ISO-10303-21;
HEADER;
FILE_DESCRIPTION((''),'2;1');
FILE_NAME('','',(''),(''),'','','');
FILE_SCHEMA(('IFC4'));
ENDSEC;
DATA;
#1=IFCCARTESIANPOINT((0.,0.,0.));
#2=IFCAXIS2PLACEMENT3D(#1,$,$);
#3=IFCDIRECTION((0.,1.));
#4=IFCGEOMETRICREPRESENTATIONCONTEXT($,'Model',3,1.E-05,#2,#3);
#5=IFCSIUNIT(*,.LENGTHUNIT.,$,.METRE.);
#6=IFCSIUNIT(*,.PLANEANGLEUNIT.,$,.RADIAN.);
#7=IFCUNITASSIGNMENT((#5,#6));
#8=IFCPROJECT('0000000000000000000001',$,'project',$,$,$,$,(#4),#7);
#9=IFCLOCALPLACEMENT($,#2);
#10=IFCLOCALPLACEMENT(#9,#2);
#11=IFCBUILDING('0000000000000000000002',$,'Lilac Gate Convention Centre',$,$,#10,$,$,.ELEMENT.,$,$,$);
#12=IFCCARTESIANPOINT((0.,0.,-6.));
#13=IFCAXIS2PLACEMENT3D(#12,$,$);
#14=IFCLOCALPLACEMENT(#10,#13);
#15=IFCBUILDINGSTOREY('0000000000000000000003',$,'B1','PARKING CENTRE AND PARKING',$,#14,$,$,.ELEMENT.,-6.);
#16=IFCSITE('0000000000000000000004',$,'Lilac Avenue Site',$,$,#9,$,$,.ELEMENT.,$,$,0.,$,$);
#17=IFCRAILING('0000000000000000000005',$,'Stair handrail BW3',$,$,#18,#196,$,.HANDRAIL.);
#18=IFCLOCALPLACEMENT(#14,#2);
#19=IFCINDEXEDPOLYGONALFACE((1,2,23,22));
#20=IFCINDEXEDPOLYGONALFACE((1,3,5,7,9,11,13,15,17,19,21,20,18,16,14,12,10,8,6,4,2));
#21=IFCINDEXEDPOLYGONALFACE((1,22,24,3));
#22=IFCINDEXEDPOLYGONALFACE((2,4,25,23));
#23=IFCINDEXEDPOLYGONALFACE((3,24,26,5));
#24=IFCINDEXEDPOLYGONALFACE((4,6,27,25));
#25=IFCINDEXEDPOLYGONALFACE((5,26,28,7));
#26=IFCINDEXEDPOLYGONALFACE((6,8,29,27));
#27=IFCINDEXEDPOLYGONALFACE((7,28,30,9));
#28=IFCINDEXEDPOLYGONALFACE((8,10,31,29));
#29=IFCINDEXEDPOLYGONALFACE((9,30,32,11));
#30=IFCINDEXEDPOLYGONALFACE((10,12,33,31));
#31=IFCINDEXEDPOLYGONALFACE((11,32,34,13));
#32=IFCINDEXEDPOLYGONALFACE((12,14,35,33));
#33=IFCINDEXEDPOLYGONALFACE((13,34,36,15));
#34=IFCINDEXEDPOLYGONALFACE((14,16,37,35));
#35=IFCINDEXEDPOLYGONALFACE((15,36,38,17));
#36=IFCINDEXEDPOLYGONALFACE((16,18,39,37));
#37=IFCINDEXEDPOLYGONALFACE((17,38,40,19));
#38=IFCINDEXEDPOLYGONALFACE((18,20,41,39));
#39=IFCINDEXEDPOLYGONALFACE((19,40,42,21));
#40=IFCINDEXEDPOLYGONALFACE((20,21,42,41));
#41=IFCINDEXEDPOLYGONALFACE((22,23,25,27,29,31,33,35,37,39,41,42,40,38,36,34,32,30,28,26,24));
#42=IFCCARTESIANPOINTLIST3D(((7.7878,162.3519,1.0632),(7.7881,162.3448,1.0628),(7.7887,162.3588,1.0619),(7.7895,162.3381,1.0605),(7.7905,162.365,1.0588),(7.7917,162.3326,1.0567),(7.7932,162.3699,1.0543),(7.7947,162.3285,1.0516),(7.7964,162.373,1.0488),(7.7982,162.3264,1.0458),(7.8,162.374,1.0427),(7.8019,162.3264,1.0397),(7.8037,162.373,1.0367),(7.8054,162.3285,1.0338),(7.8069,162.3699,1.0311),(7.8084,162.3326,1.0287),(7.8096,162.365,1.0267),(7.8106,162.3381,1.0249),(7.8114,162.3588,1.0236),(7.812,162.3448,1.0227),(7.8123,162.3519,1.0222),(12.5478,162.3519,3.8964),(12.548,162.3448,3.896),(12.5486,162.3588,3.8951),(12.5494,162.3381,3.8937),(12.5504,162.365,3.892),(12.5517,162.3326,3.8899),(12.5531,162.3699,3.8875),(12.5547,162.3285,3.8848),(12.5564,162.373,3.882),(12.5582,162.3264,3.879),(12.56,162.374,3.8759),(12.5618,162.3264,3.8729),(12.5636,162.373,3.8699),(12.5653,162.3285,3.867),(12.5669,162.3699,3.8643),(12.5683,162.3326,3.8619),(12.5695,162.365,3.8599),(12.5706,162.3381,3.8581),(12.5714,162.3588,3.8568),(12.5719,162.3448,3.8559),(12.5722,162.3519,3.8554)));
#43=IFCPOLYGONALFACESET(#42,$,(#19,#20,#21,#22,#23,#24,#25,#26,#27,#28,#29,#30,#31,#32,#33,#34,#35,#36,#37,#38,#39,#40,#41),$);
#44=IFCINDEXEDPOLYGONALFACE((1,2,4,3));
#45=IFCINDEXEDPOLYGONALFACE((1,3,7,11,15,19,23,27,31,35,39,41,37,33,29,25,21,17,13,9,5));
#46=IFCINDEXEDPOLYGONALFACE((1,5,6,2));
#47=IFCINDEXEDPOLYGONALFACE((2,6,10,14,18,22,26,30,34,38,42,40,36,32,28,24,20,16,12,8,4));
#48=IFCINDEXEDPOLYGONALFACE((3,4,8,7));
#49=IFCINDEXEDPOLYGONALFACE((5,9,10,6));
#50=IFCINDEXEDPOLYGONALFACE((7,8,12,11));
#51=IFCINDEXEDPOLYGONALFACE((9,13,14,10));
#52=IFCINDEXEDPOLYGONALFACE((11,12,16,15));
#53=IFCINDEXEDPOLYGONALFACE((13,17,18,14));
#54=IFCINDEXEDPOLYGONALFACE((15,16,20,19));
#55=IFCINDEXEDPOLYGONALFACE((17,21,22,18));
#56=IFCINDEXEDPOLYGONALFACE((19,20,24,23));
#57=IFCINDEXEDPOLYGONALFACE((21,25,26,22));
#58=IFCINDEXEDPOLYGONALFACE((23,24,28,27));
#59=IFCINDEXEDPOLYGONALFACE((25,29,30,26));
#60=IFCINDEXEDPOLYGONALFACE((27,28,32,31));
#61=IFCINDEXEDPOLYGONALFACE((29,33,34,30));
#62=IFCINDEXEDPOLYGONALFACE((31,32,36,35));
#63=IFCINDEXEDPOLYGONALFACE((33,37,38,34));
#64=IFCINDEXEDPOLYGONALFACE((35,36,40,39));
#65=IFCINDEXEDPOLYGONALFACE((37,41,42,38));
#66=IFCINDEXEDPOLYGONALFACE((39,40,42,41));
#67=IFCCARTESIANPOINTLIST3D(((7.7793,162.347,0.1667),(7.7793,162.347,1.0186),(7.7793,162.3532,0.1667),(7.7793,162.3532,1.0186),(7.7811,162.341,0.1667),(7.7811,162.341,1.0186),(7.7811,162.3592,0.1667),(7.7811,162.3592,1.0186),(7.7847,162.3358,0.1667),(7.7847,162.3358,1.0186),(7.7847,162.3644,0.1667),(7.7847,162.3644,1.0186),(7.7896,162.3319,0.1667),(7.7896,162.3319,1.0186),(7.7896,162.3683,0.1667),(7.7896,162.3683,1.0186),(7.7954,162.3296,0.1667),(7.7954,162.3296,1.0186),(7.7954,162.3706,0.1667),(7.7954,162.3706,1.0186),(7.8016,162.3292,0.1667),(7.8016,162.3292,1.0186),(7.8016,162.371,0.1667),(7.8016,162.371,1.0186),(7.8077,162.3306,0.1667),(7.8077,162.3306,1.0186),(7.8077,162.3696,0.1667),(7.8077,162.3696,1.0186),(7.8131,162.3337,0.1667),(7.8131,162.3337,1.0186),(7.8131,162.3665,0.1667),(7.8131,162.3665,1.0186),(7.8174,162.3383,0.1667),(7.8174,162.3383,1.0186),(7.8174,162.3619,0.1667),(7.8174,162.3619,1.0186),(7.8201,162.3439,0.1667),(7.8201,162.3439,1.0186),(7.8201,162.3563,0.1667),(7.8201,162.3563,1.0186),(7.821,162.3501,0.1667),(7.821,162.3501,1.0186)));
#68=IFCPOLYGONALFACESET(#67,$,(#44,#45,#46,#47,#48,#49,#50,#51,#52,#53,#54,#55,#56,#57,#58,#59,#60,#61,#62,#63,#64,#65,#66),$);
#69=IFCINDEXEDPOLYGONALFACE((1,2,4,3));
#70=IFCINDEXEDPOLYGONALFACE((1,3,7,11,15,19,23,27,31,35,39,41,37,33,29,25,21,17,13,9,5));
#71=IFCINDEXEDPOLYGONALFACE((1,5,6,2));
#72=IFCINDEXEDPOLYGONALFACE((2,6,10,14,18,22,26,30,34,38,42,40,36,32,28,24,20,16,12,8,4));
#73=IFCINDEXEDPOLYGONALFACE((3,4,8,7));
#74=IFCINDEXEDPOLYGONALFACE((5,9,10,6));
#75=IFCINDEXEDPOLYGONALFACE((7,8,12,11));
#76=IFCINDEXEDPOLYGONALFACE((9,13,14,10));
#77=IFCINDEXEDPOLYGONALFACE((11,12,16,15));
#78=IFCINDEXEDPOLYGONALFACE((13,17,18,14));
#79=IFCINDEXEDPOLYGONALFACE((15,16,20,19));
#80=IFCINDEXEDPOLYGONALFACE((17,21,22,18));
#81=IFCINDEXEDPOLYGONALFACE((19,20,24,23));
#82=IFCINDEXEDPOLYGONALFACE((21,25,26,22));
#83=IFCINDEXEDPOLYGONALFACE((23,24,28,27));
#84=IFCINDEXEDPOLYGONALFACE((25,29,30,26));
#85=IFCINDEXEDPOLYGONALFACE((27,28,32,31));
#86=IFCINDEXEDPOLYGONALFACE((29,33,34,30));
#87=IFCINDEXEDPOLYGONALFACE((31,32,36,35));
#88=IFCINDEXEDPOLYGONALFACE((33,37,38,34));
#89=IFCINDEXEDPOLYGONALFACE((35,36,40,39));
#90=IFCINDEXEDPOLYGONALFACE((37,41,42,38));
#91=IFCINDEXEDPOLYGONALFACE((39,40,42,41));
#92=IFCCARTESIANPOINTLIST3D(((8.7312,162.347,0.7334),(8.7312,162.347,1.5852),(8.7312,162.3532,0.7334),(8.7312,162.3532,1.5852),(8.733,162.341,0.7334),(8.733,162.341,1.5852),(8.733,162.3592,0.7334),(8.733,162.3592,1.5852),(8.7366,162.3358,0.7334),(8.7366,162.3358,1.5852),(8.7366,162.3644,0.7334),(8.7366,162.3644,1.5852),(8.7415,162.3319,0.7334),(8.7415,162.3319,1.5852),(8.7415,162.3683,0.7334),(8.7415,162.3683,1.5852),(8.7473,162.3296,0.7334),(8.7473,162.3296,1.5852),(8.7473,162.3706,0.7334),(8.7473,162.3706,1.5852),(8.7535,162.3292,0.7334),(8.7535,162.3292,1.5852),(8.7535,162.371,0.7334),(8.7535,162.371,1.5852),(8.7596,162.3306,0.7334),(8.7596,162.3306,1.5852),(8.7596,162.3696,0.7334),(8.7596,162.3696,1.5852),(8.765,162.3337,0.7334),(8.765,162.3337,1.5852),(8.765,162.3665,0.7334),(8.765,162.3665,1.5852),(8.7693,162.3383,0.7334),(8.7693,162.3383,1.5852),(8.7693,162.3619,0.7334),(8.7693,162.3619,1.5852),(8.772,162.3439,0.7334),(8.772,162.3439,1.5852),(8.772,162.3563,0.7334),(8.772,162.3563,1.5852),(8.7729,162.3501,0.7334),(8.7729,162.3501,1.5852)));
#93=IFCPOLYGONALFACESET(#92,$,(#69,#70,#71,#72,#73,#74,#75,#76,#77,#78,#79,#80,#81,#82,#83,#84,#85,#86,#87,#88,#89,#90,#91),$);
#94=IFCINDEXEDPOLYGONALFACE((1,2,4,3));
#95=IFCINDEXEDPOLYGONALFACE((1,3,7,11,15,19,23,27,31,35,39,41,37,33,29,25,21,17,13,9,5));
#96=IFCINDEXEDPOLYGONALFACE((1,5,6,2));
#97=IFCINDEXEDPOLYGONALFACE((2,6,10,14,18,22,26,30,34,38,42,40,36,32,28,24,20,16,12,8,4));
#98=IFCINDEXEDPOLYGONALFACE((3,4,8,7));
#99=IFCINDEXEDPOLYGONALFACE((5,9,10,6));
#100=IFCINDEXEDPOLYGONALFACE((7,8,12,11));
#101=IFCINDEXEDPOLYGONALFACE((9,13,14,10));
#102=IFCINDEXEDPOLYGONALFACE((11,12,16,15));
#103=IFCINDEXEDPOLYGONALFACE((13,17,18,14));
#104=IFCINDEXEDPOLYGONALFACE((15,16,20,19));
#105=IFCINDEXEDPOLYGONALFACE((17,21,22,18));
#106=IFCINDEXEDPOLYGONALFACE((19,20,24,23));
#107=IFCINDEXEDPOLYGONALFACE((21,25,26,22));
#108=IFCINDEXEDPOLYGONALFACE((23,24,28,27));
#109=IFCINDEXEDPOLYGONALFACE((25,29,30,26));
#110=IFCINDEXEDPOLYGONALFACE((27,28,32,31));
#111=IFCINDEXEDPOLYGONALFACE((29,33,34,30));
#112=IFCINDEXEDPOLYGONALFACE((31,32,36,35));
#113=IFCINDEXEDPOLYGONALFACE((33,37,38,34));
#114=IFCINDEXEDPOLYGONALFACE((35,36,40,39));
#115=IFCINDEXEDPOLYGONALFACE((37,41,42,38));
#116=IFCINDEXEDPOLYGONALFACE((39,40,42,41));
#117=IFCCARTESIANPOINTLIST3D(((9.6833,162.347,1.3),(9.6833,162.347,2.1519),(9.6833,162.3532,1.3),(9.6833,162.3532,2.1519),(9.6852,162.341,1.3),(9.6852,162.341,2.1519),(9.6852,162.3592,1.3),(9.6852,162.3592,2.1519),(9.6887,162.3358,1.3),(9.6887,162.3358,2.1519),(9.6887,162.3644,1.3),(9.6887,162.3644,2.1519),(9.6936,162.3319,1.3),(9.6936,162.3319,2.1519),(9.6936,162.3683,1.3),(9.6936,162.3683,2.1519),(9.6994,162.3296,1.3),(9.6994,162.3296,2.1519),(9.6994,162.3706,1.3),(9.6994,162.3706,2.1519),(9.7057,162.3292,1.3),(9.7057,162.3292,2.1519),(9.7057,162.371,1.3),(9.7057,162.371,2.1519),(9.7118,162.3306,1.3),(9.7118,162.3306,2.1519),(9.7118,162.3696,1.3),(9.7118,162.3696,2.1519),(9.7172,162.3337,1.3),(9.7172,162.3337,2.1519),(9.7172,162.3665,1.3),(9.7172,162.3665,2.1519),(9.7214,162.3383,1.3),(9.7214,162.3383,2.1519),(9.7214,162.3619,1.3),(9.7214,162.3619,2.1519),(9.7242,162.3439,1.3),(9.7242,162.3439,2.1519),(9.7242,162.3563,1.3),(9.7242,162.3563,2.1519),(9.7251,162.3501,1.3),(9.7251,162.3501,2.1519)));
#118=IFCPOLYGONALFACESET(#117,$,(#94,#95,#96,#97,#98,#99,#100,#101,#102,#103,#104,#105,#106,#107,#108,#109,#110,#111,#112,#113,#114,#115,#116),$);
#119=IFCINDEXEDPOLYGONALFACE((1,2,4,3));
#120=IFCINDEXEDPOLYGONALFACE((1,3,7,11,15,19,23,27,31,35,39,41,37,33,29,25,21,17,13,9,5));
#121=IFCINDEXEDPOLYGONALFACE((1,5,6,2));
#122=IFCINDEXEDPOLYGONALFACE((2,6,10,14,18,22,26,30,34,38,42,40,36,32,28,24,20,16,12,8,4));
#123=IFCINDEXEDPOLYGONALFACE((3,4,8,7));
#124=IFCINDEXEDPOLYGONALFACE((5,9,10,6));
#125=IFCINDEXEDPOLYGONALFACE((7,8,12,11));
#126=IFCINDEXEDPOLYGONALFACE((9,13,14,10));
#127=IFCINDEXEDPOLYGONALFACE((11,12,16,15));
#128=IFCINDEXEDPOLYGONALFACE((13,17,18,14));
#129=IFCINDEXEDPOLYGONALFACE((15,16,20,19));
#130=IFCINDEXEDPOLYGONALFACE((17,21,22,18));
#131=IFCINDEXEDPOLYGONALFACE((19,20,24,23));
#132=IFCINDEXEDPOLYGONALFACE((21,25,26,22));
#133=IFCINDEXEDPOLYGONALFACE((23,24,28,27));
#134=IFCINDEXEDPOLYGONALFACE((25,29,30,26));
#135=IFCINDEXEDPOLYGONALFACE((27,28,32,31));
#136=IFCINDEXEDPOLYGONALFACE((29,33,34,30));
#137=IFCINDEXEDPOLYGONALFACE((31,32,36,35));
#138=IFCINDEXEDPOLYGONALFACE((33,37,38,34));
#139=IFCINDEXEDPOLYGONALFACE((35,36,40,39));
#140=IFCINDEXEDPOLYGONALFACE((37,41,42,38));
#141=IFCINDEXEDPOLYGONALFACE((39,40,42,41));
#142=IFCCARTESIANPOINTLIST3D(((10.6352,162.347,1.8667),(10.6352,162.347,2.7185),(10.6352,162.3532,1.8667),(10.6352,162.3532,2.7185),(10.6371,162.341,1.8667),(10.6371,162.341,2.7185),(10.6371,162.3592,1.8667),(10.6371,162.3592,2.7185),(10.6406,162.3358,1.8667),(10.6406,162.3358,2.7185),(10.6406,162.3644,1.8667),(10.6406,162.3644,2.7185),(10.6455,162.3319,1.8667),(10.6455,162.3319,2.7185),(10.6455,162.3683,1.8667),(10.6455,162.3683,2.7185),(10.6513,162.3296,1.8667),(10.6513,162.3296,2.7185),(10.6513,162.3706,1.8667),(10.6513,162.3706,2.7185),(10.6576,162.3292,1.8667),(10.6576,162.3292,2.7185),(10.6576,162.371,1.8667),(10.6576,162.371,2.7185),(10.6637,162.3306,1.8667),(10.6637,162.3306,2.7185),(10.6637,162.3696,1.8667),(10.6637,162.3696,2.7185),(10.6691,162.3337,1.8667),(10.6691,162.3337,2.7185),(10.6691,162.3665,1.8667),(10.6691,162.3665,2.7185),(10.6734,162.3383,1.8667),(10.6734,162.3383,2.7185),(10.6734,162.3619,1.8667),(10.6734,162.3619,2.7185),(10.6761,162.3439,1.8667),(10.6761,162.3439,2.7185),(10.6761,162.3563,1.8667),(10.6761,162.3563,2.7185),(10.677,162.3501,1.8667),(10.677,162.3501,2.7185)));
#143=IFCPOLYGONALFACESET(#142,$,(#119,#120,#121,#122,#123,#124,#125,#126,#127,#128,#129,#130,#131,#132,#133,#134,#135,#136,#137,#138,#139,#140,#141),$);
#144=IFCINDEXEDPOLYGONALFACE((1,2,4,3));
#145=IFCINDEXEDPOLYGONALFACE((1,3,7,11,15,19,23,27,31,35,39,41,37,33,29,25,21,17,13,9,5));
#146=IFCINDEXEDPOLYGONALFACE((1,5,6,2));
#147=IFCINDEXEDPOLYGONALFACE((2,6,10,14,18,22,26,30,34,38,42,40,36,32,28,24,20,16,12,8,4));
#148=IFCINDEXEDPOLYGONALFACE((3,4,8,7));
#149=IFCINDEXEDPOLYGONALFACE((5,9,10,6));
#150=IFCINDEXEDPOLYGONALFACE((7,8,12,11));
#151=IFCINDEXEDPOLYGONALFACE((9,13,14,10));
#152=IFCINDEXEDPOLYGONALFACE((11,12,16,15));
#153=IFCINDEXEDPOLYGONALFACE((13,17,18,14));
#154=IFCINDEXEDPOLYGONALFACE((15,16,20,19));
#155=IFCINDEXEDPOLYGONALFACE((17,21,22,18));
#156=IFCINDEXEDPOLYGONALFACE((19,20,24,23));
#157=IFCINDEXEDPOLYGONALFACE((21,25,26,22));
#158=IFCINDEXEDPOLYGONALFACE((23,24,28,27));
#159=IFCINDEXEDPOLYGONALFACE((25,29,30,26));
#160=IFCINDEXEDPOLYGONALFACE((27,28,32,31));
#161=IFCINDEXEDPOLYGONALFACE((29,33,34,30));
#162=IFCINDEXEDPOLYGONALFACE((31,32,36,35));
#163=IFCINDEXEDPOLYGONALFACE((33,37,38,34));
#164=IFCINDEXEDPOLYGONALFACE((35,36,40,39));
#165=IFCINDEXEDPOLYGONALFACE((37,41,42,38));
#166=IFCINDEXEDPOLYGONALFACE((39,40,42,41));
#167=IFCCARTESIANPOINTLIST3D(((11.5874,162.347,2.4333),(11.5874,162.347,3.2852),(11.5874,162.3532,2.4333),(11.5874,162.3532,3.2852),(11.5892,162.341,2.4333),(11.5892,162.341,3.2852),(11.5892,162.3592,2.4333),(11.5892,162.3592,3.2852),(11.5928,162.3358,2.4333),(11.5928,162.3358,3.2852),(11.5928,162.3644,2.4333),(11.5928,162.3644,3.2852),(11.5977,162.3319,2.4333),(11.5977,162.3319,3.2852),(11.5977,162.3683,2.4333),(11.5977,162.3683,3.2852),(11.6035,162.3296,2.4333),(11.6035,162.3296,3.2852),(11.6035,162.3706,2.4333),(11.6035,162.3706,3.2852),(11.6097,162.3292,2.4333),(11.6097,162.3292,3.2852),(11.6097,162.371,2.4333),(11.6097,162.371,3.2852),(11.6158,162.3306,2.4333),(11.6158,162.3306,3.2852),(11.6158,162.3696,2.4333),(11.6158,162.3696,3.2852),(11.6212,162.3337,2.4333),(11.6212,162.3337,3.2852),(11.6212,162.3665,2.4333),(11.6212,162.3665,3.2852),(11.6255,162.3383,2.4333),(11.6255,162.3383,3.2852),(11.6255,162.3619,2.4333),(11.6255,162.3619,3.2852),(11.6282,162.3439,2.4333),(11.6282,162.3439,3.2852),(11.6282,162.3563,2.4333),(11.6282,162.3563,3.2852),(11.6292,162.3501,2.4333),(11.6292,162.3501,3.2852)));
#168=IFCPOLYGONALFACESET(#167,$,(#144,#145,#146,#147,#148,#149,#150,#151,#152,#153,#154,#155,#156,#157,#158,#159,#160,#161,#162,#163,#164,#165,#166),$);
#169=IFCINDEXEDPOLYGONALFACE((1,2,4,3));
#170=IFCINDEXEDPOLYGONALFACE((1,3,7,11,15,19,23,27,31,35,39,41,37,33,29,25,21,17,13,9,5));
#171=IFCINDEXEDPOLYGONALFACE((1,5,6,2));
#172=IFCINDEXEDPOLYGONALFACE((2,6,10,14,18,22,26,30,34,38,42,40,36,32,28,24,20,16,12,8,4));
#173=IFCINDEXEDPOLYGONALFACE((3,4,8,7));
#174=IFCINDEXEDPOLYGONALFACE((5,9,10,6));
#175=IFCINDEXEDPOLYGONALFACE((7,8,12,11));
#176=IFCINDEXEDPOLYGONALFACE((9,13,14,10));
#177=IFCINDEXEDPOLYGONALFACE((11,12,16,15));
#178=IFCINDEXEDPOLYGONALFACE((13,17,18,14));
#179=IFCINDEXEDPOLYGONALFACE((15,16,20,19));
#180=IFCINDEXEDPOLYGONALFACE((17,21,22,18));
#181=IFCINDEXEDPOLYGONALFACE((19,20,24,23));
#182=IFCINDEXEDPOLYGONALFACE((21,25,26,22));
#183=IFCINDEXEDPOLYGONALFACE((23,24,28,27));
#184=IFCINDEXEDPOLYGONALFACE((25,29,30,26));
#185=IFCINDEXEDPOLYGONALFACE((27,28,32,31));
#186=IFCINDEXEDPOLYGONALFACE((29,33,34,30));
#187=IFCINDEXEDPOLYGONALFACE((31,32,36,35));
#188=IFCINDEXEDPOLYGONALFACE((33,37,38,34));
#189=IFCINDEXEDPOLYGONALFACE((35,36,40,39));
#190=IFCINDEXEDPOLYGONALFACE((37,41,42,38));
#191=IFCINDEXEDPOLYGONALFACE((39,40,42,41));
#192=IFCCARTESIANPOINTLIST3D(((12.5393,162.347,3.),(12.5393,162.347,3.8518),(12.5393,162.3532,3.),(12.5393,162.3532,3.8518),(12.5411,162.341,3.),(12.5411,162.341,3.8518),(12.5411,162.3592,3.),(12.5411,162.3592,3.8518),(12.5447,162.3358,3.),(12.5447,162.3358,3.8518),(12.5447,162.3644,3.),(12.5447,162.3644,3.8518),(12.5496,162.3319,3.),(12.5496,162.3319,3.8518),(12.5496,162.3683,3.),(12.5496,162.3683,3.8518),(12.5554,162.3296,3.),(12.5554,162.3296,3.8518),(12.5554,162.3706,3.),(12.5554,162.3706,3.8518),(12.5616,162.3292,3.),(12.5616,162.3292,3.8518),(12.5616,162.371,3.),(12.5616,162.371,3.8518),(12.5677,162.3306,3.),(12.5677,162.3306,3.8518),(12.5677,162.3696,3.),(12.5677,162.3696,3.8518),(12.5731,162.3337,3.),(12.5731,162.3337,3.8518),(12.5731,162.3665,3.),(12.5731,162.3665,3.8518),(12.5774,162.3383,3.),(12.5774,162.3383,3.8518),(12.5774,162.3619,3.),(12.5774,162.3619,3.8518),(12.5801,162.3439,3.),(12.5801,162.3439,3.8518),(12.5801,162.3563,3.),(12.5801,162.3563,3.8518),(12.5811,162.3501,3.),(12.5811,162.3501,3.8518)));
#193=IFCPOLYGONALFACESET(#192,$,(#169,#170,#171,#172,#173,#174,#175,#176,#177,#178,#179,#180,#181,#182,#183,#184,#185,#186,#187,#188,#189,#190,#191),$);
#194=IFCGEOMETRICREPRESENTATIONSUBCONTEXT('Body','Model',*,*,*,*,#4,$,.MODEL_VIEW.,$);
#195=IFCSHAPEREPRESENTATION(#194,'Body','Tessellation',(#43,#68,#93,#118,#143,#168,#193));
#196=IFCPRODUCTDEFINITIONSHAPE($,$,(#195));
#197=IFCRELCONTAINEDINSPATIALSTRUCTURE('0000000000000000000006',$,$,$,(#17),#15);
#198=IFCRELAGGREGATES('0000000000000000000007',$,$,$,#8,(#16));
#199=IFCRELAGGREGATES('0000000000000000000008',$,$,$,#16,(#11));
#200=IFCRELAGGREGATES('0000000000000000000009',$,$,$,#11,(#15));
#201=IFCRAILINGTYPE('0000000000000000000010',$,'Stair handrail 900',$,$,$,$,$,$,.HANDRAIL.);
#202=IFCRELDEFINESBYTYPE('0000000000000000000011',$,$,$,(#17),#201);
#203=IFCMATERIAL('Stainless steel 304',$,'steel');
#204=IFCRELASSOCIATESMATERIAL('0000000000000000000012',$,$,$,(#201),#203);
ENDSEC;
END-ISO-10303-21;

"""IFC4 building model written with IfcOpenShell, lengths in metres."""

from ifc_helpers import new_model, si_unit, direction, frame, origin, origin_2d, place, context, subcontext, project, spatial, circle, extrude, material, type_object, element, save


model = new_model("IFC4")

# Units and contexts
model_context = context("Model", 3, precision=1e-05, world=origin(), true_north=direction((0.0, 1.0)))
body_context = subcontext(model_context, "Body", "Model", "MODEL_VIEW")
ifc_project = project(units=[si_unit("LENGTHUNIT", "METRE"), si_unit("PLANEANGLEUNIT", "RADIAN")], contexts=[model_context])

# Site, building, storey
site_placement = place(None, origin())
site = spatial("IfcSite", under=ifc_project, at=site_placement, Name="Lilac Avenue Site", CompositionType="ELEMENT", RefElevation=0.0)
building_placement = place(site_placement, origin())
building = spatial("IfcBuilding", under=site, at=building_placement, Name="Lilac Gate Convention Centre", CompositionType="ELEMENT")
storey_placement = place(building_placement, frame((0.0, 0.0, -6.0)))
storey = spatial("IfcBuildingStorey", under=building, at=storey_placement, Name="B1", Description="PARKING CENTRE AND PARKING", CompositionType="ELEMENT", Elevation=-6.0)

# Railing
ifc_material_1 = material(Name="Stainless steel 304", Category="steel")
railing_type = type_object("IfcRailingType", Name="Stair handrail 900", PredefinedType="HANDRAIL", material=ifc_material_1)
for number, where, name in (
    (1, (7.8, 162.3501, 0.1667), "Stair handrail BW3"),
):
    element("IfcRailing", number, at=place(storey_placement, frame(where)), inside=storey, type_object=railing_type, Name=name, PredefinedType="HANDRAIL", context=body_context, shape_type="SweptSolid", body=[
        extrude(circle(Radius=0.0239, at=origin_2d()), frame((0.0, 0.0, 0.876), z_axis=(0.8593, 0.0, 0.511472), x_axis=(0.0, 1.0, 0.0)), (0.0, 0.0, 1.0), 5.5393),
        extrude(circle(Radius=0.021, at=origin_2d()), origin(), (0.0, 0.0, 1.0), 0.8518),
        extrude(circle(Radius=0.021, at=origin_2d()), frame((0.9519, 0.0, 0.5667)), (0.0, 0.0, 1.0), 0.8518),
        extrude(circle(Radius=0.021, at=origin_2d()), frame((1.9041, 0.0, 1.1333)), (0.0, 0.0, 1.0), 0.8518),
        extrude(circle(Radius=0.021, at=origin_2d()), frame((2.856, 0.0, 1.7)), (0.0, 0.0, 1.0), 0.8518),
        extrude(circle(Radius=0.021, at=origin_2d()), frame((3.8081, 0.0, 2.2666)), (0.0, 0.0, 1.0), 0.8518),
        extrude(circle(Radius=0.021, at=origin_2d()), frame((4.76, 0.0, 2.8333)), (0.0, 0.0, 1.0), 0.8518),
    ])

save(model, "model.ifc")
